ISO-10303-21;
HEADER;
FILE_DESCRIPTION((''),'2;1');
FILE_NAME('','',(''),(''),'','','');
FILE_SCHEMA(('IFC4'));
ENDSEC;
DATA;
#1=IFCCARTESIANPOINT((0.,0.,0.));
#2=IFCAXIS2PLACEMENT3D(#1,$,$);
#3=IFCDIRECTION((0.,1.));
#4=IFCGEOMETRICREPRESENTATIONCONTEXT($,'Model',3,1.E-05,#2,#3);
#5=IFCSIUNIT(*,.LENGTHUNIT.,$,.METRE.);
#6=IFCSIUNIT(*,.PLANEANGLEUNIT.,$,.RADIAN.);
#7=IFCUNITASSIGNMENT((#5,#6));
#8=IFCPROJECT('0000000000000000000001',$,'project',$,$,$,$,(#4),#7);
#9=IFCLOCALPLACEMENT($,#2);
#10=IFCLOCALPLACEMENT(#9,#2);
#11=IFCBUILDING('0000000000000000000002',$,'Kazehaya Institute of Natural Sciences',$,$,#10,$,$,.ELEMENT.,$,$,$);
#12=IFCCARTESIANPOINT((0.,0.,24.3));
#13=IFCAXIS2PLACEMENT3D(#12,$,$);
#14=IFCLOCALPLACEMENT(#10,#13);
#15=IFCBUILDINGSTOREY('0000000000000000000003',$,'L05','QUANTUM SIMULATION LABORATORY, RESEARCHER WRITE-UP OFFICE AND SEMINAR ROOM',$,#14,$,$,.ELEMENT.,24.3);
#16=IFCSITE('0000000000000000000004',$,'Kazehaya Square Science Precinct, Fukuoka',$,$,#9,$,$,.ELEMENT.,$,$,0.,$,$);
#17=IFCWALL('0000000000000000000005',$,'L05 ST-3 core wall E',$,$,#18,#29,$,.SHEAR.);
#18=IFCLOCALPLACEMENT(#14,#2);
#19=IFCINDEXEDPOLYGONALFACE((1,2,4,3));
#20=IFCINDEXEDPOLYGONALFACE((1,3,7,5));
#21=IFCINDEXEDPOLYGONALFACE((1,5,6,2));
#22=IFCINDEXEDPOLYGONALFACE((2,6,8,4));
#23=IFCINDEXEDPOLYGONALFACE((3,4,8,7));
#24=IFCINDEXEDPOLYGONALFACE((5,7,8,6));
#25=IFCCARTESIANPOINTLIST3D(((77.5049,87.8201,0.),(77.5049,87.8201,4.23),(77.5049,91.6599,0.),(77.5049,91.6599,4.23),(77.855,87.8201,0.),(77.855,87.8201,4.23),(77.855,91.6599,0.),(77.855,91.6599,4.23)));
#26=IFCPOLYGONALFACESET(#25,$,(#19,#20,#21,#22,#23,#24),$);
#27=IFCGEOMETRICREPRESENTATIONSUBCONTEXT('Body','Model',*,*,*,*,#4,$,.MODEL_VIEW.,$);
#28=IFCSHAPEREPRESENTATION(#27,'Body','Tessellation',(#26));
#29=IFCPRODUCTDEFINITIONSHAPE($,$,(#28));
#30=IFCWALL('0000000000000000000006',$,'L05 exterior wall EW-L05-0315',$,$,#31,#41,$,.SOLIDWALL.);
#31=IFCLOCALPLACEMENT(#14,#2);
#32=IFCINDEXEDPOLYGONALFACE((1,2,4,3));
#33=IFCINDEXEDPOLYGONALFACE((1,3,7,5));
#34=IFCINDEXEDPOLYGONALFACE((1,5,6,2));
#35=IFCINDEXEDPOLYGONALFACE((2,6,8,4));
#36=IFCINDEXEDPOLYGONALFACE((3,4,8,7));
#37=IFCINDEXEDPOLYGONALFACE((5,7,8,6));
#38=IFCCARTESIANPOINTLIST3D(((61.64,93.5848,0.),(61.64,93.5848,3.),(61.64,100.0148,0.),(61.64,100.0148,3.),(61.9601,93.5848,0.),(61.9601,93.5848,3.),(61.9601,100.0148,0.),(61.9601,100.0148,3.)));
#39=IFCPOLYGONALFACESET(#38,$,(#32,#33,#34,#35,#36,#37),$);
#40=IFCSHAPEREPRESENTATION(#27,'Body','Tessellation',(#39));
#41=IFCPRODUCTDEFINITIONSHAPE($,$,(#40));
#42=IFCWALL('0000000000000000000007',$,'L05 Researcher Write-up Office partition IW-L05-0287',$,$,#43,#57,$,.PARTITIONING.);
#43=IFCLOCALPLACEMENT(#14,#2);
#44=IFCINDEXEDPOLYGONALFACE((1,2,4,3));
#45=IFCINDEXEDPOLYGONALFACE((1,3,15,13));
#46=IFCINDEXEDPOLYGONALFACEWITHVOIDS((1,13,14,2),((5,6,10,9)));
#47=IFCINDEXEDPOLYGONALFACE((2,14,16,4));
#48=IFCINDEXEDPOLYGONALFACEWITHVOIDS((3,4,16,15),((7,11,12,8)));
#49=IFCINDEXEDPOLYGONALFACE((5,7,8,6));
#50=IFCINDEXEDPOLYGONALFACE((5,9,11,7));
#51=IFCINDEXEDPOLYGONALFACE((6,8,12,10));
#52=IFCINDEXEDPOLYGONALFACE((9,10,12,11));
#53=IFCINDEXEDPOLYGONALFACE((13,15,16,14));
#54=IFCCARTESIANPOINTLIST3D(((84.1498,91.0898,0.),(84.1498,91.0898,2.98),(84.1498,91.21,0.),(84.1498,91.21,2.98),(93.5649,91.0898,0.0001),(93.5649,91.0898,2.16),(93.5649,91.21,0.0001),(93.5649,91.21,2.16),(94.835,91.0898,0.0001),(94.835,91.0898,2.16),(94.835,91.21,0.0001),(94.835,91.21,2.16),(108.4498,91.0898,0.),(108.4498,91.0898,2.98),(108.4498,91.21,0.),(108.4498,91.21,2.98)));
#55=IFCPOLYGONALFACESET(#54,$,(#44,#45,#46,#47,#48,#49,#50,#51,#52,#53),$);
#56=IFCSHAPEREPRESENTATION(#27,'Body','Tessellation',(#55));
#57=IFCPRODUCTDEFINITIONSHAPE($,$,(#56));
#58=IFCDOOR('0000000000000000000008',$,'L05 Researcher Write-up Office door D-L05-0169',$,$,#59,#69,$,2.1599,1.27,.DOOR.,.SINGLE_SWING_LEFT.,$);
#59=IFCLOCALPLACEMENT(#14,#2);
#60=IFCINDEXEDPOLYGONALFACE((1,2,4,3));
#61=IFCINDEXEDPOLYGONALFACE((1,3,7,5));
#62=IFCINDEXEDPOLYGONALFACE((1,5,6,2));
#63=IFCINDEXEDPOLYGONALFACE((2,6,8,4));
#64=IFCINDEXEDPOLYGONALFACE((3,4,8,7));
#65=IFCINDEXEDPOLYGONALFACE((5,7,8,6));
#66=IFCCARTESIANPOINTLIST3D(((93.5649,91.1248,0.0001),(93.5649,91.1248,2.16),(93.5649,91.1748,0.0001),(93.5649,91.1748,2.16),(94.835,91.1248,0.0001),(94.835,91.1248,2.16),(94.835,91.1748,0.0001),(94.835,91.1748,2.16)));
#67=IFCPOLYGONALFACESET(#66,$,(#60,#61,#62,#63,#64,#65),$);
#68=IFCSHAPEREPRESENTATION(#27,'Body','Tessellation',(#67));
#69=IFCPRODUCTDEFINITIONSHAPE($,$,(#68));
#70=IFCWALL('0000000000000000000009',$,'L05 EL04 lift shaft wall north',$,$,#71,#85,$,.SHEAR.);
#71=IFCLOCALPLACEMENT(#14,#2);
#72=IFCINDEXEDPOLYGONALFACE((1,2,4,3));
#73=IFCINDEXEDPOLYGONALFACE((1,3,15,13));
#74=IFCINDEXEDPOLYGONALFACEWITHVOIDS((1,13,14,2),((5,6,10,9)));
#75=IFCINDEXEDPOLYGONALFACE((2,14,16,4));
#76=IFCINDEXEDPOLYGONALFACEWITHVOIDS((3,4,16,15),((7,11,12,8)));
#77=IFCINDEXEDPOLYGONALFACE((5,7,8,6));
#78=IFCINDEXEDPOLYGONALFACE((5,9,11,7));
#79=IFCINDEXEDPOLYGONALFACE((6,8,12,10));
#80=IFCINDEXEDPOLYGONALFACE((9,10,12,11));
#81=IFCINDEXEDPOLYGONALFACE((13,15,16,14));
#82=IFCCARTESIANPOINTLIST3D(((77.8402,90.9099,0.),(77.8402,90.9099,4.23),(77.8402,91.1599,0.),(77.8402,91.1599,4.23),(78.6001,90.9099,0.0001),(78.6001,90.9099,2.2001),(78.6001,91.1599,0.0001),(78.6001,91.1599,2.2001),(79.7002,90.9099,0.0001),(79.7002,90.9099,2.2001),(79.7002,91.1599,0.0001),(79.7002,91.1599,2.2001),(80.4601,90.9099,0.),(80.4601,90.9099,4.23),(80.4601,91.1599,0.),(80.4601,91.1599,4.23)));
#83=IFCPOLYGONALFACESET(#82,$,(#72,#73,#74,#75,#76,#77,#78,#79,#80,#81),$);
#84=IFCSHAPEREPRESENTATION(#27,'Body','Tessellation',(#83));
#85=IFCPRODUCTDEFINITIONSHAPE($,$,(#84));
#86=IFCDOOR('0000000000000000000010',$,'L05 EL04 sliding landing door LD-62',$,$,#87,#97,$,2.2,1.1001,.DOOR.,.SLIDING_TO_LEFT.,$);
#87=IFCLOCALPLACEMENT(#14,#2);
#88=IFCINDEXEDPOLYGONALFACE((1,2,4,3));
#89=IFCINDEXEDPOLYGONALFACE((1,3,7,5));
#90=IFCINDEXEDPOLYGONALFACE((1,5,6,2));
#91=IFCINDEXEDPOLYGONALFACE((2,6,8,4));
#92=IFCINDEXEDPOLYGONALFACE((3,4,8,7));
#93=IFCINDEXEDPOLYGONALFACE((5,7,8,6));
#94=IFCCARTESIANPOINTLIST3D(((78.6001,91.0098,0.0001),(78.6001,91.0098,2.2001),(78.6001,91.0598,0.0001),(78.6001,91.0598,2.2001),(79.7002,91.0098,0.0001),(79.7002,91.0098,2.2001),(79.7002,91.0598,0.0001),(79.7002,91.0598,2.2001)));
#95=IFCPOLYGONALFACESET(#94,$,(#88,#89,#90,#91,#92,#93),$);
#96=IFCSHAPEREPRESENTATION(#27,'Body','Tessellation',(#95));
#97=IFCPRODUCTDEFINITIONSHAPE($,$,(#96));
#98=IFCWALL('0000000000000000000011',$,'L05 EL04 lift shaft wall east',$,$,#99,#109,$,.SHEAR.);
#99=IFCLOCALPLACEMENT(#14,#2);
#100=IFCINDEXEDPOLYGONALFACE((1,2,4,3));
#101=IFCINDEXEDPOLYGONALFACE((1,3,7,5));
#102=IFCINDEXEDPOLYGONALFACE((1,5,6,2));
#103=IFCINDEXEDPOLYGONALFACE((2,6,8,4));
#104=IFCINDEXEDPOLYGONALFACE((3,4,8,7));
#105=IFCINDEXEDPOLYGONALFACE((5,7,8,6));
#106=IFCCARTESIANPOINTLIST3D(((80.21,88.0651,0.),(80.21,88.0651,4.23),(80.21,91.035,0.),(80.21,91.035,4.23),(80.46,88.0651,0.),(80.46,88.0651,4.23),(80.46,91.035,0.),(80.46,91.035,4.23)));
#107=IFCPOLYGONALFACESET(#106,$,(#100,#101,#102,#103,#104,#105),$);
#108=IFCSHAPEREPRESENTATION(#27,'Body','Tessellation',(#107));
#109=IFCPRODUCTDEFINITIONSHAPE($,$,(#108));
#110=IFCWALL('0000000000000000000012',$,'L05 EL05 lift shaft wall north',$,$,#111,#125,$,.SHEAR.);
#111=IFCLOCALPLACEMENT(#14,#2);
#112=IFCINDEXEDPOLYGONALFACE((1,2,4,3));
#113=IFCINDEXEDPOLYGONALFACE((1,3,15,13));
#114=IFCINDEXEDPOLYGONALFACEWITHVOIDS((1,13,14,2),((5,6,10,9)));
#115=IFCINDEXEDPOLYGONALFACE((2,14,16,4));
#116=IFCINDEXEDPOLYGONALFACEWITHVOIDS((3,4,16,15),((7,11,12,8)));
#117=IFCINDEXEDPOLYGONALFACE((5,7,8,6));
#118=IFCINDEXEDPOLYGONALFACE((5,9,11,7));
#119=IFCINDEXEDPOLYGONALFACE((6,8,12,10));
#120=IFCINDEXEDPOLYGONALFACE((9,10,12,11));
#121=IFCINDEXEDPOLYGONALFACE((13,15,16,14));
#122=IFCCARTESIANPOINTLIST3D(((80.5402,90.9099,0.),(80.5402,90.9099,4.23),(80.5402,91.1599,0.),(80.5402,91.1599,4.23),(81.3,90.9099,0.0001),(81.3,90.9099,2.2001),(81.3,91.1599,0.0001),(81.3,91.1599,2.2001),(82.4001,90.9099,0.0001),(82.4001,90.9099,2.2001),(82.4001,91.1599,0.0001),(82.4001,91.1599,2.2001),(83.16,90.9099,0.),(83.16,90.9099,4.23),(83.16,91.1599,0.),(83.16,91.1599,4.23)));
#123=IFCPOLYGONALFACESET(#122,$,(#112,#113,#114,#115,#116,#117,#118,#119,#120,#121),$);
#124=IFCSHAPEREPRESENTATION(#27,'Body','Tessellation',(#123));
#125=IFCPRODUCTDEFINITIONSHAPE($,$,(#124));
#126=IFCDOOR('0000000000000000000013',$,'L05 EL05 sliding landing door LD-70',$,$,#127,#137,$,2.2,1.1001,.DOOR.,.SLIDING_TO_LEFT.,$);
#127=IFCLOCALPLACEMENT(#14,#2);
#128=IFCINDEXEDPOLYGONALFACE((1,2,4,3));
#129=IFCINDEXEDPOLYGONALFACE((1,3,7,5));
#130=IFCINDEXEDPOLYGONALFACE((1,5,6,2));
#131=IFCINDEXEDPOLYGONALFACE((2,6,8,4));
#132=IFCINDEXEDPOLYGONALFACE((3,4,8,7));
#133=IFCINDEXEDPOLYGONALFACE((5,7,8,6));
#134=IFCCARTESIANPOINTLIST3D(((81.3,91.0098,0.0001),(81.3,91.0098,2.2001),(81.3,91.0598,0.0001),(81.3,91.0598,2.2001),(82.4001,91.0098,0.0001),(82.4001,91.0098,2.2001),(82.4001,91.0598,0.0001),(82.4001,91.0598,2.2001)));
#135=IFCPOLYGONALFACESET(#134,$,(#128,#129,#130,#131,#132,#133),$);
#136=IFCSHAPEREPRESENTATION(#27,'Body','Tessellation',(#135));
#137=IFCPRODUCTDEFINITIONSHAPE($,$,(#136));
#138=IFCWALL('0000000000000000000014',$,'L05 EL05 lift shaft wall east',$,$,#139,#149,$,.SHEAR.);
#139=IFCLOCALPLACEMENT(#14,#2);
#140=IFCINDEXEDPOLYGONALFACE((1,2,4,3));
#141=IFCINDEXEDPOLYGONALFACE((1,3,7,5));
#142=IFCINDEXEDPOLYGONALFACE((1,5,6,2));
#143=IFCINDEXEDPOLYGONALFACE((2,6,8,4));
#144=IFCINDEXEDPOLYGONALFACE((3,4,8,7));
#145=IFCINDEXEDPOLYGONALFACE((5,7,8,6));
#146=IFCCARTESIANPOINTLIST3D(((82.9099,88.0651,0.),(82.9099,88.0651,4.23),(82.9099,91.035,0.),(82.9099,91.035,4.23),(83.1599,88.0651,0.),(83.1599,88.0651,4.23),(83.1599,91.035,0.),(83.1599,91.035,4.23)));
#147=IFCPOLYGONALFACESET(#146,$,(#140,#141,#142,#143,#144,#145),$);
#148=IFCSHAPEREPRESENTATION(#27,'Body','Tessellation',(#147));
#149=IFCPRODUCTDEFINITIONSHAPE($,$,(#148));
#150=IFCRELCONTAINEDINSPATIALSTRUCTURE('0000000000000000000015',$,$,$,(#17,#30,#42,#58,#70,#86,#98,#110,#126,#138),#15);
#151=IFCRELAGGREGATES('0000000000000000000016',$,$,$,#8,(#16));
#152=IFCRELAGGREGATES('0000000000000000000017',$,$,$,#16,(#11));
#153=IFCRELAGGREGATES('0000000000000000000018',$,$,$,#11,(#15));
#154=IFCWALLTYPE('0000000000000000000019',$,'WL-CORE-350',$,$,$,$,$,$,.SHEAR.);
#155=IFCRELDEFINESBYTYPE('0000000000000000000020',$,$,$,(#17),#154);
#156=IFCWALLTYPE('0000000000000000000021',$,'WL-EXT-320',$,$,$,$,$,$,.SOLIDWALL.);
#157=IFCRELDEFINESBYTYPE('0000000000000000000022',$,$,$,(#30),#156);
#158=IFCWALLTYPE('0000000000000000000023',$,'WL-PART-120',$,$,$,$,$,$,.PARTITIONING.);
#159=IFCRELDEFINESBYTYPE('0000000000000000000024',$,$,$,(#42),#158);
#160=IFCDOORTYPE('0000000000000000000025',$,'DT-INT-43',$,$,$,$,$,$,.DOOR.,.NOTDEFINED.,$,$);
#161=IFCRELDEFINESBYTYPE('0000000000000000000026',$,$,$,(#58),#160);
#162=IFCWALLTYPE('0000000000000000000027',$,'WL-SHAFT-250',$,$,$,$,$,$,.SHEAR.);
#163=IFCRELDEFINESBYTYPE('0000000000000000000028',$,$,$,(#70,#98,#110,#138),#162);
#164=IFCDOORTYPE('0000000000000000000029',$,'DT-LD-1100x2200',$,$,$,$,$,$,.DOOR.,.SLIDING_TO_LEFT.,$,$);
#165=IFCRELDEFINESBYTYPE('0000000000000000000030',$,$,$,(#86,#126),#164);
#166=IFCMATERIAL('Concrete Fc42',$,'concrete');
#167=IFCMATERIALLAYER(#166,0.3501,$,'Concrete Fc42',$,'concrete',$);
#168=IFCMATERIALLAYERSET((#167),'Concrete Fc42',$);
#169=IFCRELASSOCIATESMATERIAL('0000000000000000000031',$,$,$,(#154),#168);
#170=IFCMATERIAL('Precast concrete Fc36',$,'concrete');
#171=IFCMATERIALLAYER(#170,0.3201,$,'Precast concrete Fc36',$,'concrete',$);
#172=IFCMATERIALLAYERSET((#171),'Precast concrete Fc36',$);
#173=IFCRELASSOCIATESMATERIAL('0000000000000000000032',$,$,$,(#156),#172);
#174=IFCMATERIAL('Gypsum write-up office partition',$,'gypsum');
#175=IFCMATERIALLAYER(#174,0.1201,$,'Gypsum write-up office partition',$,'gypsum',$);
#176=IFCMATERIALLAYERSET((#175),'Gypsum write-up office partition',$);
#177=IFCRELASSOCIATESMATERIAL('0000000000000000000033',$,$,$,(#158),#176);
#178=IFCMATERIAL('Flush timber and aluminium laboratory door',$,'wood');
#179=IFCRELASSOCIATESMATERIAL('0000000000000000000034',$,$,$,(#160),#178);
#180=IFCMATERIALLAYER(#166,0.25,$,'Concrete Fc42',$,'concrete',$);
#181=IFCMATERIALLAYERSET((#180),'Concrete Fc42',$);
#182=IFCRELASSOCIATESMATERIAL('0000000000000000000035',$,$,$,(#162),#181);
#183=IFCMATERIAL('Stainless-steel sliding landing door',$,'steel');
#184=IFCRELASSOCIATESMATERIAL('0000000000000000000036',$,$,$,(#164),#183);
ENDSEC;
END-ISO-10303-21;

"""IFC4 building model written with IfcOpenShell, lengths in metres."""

from ifc_helpers import new_model, si_unit, direction, frame, frame_2d, origin, place, context, subcontext, project, spatial, rectangle, extrude, material, layer, layer_set, type_object, element, fill, save


model = new_model("IFC4")

# Units and contexts
model_context = context("Model", 3, precision=1e-05, world=origin(), true_north=direction((0.0, 1.0)))
body_context = subcontext(model_context, "Body", "Model", "MODEL_VIEW")
ifc_project = project(units=[si_unit("LENGTHUNIT", "METRE"), si_unit("PLANEANGLEUNIT", "RADIAN")], contexts=[model_context])

# Site, building, storey
site_placement = place(None, origin())
site = spatial("IfcSite", under=ifc_project, at=site_placement, Name="Kazehaya Square Science Precinct, Fukuoka", CompositionType="ELEMENT", RefElevation=0.0)
building_placement = place(site_placement, origin())
building = spatial("IfcBuilding", under=site, at=building_placement, Name="Kazehaya Institute of Natural Sciences", CompositionType="ELEMENT")
storey_placement = place(building_placement, frame((0.0, 0.0, 24.3)))
storey = spatial("IfcBuildingStorey", under=building, at=storey_placement, Name="L05", Description="QUANTUM SIMULATION LABORATORY, RESEARCHER WRITE-UP OFFICE AND SEMINAR ROOM", CompositionType="ELEMENT", Elevation=24.3)

# Shared definitions
ifc_material_1 = material(Name="Concrete Fc42", Category="concrete")

# Walls
ifc_layer_1 = layer(ifc_material_1, 0.3501, Name="Concrete Fc42", Category="concrete")
ifc_layer_set_1 = layer_set([ifc_layer_1], Name="Concrete Fc42")
wall_type_1 = type_object("IfcWallType", Name="WL-CORE-350", PredefinedType="SHEAR", material=ifc_layer_set_1)
wall_1_placement = place(storey_placement, frame((77.6799, 91.6599, 0.0), z_axis=(0.0, 0.0, 1.0), x_axis=(0.0, -1.0, 0.0)))
element("IfcWall", 1, at=wall_1_placement, inside=storey, type_object=wall_type_1, Name="L05 ST-3 core wall E", PredefinedType="SHEAR", context=body_context, shape_type="SweptSolid", body=[
    extrude(rectangle(XDim=3.8398, YDim=0.3501, at=frame_2d((1.9199, 0.0))), origin(), (0.0, 0.0, 1.0), 4.23),
])
ifc_material_2 = material(Name="Precast concrete Fc36", Category="concrete")
ifc_layer_2 = layer(ifc_material_2, 0.3201, Name="Precast concrete Fc36", Category="concrete")
ifc_layer_set_2 = layer_set([ifc_layer_2], Name="Precast concrete Fc36")
wall_type_2 = type_object("IfcWallType", Name="WL-EXT-320", PredefinedType="SOLIDWALL", material=ifc_layer_set_2)
wall_2_placement = place(storey_placement, frame((61.8, 93.585, 0.0), z_axis=(0.0, 0.0, 1.0), x_axis=(0.0, 1.0, 0.0)))
element("IfcWall", 2, at=wall_2_placement, inside=storey, type_object=wall_type_2, Name="L05 exterior wall EW-L05-0315", PredefinedType="SOLIDWALL", context=body_context, shape_type="SweptSolid", body=[
    extrude(rectangle(XDim=6.4299, YDim=0.3201, at=frame_2d((3.2148, 0.0))), origin(), (0.0, 0.0, 1.0), 3.0),
])

# Walls, openings, doors
ifc_material_3 = material(Name="Gypsum write-up office partition", Category="gypsum")
ifc_layer_3 = layer(ifc_material_3, 0.1201, Name="Gypsum write-up office partition", Category="gypsum")
ifc_layer_set_3 = layer_set([ifc_layer_3], Name="Gypsum write-up office partition")
wall_type_3 = type_object("IfcWallType", Name="WL-PART-120", PredefinedType="PARTITIONING", material=ifc_layer_set_3)
wall_3_placement = place(storey_placement, frame((84.1499, 91.1499, 0.0), z_axis=(0.0, 0.0, 1.0), x_axis=(1.0, 0.0, 0.0)))
wall_3 = element("IfcWall", 3, at=wall_3_placement, inside=storey, type_object=wall_type_3, Name="L05 Researcher Write-up Office partition IW-L05-0287", PredefinedType="PARTITIONING", context=body_context, shape_type="SweptSolid", body=[
    extrude(rectangle(XDim=24.3, YDim=0.1201, at=frame_2d((12.1499, 0.0))), origin(), (0.0, 0.0, 1.0), 2.98),
])
opening_1_placement = place(wall_3_placement, frame((9.415, 0.0, 0.0)))
opening_1 = element("IfcOpeningElement", 4, at=opening_1_placement, cuts=wall_3, PredefinedType="OPENING", context=body_context, shape_type="SweptSolid", body=[
    extrude(rectangle(XDim=1.27, YDim=2.1599, at=frame_2d((0.635, 1.0801))), frame((0.0, 0.0701, 0.0), z_axis=(0.0, -1.0, 0.0), x_axis=(1.0, 0.0, 0.0)), (0.0, 0.0, 1.0), 0.1401),
])
ifc_material_4 = material(Name="Flush timber and aluminium laboratory door", Category="wood")
door_type_1 = type_object("IfcDoorType", Name="DT-INT-43", OperationType="NOTDEFINED", PredefinedType="DOOR", material=ifc_material_4)
door_1_placement = place(opening_1_placement, origin())
door_1 = element("IfcDoor", 5, at=door_1_placement, inside=storey, type_object=door_type_1, Name="L05 Researcher Write-up Office door D-L05-0169", OperationType="SINGLE_SWING_LEFT", OverallHeight=2.1599, OverallWidth=1.27, PredefinedType="DOOR", context=body_context, shape_type="SweptSolid", body=[
    extrude(rectangle(XDim=1.27, YDim=2.1599, at=frame_2d((0.635, 1.0801))), frame((0.0, 0.0249, 0.0), z_axis=(0.0, -1.0, 0.0), x_axis=(1.0, 0.0, 0.0)), (0.0, 0.0, 1.0), 0.05),
])
fill(opening_1, door_1)
ifc_layer_4 = layer(ifc_material_1, 0.25, Name="Concrete Fc42", Category="concrete")
ifc_layer_set_4 = layer_set([ifc_layer_4], Name="Concrete Fc42")
wall_type_4 = type_object("IfcWallType", Name="WL-SHAFT-250", PredefinedType="SHEAR", material=ifc_layer_set_4)
wall_4_placement = place(storey_placement, frame((77.8401, 91.0349, 0.0), z_axis=(0.0, 0.0, 1.0), x_axis=(1.0, 0.0, 0.0)))
wall_4 = element("IfcWall", 6, at=wall_4_placement, inside=storey, type_object=wall_type_4, Name="L05 EL04 lift shaft wall north", PredefinedType="SHEAR", context=body_context, shape_type="SweptSolid", body=[
    extrude(rectangle(XDim=2.6199, YDim=0.25, at=frame_2d((1.3101, 0.0))), origin(), (0.0, 0.0, 1.0), 4.23),
])
opening_2_placement = place(wall_4_placement, frame((0.76, 0.0, 0.0)))
opening_2 = element("IfcOpeningElement", 7, at=opening_2_placement, cuts=wall_4, PredefinedType="OPENING", context=body_context, shape_type="SweptSolid", body=[
    extrude(rectangle(XDim=1.1001, YDim=2.2, at=frame_2d((0.55, 1.1001))), frame((0.0, 0.135, 0.0), z_axis=(0.0, -1.0, 0.0), x_axis=(1.0, 0.0, 0.0)), (0.0, 0.0, 1.0), 0.27),
])
ifc_material_5 = material(Name="Stainless-steel sliding landing door", Category="steel")
door_type_2 = type_object("IfcDoorType", Name="DT-LD-1100x2200", OperationType="SLIDING_TO_LEFT", PredefinedType="DOOR", material=ifc_material_5)
door_2_placement = place(opening_2_placement, origin())
door_2 = element("IfcDoor", 8, at=door_2_placement, inside=storey, type_object=door_type_2, Name="L05 EL04 sliding landing door LD-62", OperationType="SLIDING_TO_LEFT", OverallHeight=2.2, OverallWidth=1.1001, PredefinedType="DOOR", context=body_context, shape_type="SweptSolid", body=[
    extrude(rectangle(XDim=1.1001, YDim=2.2, at=frame_2d((0.55, 1.1001))), frame((0.0, 0.0249, 0.0), z_axis=(0.0, -1.0, 0.0), x_axis=(1.0, 0.0, 0.0)), (0.0, 0.0, 1.0), 0.05),
])
fill(opening_2, door_2)

# Wall
wall_5_placement = place(storey_placement, frame((80.335, 91.0349, 0.0), z_axis=(0.0, 0.0, 1.0), x_axis=(0.0, -1.0, 0.0)))
element("IfcWall", 9, at=wall_5_placement, inside=storey, type_object=wall_type_4, Name="L05 EL04 lift shaft wall east", PredefinedType="SHEAR", context=body_context, shape_type="SweptSolid", body=[
    extrude(rectangle(XDim=2.97, YDim=0.25, at=frame_2d((1.4849, 0.0))), origin(), (0.0, 0.0, 1.0), 4.23),
])

# Wall, opening, door
wall_6_placement = place(storey_placement, frame((80.54, 91.0349, 0.0), z_axis=(0.0, 0.0, 1.0), x_axis=(1.0, 0.0, 0.0)))
wall_6 = element("IfcWall", 10, at=wall_6_placement, inside=storey, type_object=wall_type_4, Name="L05 EL05 lift shaft wall north", PredefinedType="SHEAR", context=body_context, shape_type="SweptSolid", body=[
    extrude(rectangle(XDim=2.6199, YDim=0.25, at=frame_2d((1.3101, 0.0))), origin(), (0.0, 0.0, 1.0), 4.23),
])
opening_3_placement = place(wall_6_placement, frame((0.76, 0.0, 0.0)))
opening_3 = element("IfcOpeningElement", 11, at=opening_3_placement, cuts=wall_6, PredefinedType="OPENING", context=body_context, shape_type="SweptSolid", body=[
    extrude(rectangle(XDim=1.1001, YDim=2.2, at=frame_2d((0.55, 1.1001))), frame((0.0, 0.135, 0.0), z_axis=(0.0, -1.0, 0.0), x_axis=(1.0, 0.0, 0.0)), (0.0, 0.0, 1.0), 0.27),
])
door_3_placement = place(opening_3_placement, origin())
door_3 = element("IfcDoor", 12, at=door_3_placement, inside=storey, type_object=door_type_2, Name="L05 EL05 sliding landing door LD-70", OperationType="SLIDING_TO_LEFT", OverallHeight=2.2, OverallWidth=1.1001, PredefinedType="DOOR", context=body_context, shape_type="SweptSolid", body=[
    extrude(rectangle(XDim=1.1001, YDim=2.2, at=frame_2d((0.55, 1.1001))), frame((0.0, 0.0249, 0.0), z_axis=(0.0, -1.0, 0.0), x_axis=(1.0, 0.0, 0.0)), (0.0, 0.0, 1.0), 0.05),
])
fill(opening_3, door_3)

# Wall
wall_7_placement = place(storey_placement, frame((83.0349, 91.0349, 0.0), z_axis=(0.0, 0.0, 1.0), x_axis=(0.0, -1.0, 0.0)))
element("IfcWall", 13, at=wall_7_placement, inside=storey, type_object=wall_type_4, Name="L05 EL05 lift shaft wall east", PredefinedType="SHEAR", context=body_context, shape_type="SweptSolid", body=[
    extrude(rectangle(XDim=2.97, YDim=0.25, at=frame_2d((1.4849, 0.0))), origin(), (0.0, 0.0, 1.0), 4.23),
])

save(model, "model.ifc")
